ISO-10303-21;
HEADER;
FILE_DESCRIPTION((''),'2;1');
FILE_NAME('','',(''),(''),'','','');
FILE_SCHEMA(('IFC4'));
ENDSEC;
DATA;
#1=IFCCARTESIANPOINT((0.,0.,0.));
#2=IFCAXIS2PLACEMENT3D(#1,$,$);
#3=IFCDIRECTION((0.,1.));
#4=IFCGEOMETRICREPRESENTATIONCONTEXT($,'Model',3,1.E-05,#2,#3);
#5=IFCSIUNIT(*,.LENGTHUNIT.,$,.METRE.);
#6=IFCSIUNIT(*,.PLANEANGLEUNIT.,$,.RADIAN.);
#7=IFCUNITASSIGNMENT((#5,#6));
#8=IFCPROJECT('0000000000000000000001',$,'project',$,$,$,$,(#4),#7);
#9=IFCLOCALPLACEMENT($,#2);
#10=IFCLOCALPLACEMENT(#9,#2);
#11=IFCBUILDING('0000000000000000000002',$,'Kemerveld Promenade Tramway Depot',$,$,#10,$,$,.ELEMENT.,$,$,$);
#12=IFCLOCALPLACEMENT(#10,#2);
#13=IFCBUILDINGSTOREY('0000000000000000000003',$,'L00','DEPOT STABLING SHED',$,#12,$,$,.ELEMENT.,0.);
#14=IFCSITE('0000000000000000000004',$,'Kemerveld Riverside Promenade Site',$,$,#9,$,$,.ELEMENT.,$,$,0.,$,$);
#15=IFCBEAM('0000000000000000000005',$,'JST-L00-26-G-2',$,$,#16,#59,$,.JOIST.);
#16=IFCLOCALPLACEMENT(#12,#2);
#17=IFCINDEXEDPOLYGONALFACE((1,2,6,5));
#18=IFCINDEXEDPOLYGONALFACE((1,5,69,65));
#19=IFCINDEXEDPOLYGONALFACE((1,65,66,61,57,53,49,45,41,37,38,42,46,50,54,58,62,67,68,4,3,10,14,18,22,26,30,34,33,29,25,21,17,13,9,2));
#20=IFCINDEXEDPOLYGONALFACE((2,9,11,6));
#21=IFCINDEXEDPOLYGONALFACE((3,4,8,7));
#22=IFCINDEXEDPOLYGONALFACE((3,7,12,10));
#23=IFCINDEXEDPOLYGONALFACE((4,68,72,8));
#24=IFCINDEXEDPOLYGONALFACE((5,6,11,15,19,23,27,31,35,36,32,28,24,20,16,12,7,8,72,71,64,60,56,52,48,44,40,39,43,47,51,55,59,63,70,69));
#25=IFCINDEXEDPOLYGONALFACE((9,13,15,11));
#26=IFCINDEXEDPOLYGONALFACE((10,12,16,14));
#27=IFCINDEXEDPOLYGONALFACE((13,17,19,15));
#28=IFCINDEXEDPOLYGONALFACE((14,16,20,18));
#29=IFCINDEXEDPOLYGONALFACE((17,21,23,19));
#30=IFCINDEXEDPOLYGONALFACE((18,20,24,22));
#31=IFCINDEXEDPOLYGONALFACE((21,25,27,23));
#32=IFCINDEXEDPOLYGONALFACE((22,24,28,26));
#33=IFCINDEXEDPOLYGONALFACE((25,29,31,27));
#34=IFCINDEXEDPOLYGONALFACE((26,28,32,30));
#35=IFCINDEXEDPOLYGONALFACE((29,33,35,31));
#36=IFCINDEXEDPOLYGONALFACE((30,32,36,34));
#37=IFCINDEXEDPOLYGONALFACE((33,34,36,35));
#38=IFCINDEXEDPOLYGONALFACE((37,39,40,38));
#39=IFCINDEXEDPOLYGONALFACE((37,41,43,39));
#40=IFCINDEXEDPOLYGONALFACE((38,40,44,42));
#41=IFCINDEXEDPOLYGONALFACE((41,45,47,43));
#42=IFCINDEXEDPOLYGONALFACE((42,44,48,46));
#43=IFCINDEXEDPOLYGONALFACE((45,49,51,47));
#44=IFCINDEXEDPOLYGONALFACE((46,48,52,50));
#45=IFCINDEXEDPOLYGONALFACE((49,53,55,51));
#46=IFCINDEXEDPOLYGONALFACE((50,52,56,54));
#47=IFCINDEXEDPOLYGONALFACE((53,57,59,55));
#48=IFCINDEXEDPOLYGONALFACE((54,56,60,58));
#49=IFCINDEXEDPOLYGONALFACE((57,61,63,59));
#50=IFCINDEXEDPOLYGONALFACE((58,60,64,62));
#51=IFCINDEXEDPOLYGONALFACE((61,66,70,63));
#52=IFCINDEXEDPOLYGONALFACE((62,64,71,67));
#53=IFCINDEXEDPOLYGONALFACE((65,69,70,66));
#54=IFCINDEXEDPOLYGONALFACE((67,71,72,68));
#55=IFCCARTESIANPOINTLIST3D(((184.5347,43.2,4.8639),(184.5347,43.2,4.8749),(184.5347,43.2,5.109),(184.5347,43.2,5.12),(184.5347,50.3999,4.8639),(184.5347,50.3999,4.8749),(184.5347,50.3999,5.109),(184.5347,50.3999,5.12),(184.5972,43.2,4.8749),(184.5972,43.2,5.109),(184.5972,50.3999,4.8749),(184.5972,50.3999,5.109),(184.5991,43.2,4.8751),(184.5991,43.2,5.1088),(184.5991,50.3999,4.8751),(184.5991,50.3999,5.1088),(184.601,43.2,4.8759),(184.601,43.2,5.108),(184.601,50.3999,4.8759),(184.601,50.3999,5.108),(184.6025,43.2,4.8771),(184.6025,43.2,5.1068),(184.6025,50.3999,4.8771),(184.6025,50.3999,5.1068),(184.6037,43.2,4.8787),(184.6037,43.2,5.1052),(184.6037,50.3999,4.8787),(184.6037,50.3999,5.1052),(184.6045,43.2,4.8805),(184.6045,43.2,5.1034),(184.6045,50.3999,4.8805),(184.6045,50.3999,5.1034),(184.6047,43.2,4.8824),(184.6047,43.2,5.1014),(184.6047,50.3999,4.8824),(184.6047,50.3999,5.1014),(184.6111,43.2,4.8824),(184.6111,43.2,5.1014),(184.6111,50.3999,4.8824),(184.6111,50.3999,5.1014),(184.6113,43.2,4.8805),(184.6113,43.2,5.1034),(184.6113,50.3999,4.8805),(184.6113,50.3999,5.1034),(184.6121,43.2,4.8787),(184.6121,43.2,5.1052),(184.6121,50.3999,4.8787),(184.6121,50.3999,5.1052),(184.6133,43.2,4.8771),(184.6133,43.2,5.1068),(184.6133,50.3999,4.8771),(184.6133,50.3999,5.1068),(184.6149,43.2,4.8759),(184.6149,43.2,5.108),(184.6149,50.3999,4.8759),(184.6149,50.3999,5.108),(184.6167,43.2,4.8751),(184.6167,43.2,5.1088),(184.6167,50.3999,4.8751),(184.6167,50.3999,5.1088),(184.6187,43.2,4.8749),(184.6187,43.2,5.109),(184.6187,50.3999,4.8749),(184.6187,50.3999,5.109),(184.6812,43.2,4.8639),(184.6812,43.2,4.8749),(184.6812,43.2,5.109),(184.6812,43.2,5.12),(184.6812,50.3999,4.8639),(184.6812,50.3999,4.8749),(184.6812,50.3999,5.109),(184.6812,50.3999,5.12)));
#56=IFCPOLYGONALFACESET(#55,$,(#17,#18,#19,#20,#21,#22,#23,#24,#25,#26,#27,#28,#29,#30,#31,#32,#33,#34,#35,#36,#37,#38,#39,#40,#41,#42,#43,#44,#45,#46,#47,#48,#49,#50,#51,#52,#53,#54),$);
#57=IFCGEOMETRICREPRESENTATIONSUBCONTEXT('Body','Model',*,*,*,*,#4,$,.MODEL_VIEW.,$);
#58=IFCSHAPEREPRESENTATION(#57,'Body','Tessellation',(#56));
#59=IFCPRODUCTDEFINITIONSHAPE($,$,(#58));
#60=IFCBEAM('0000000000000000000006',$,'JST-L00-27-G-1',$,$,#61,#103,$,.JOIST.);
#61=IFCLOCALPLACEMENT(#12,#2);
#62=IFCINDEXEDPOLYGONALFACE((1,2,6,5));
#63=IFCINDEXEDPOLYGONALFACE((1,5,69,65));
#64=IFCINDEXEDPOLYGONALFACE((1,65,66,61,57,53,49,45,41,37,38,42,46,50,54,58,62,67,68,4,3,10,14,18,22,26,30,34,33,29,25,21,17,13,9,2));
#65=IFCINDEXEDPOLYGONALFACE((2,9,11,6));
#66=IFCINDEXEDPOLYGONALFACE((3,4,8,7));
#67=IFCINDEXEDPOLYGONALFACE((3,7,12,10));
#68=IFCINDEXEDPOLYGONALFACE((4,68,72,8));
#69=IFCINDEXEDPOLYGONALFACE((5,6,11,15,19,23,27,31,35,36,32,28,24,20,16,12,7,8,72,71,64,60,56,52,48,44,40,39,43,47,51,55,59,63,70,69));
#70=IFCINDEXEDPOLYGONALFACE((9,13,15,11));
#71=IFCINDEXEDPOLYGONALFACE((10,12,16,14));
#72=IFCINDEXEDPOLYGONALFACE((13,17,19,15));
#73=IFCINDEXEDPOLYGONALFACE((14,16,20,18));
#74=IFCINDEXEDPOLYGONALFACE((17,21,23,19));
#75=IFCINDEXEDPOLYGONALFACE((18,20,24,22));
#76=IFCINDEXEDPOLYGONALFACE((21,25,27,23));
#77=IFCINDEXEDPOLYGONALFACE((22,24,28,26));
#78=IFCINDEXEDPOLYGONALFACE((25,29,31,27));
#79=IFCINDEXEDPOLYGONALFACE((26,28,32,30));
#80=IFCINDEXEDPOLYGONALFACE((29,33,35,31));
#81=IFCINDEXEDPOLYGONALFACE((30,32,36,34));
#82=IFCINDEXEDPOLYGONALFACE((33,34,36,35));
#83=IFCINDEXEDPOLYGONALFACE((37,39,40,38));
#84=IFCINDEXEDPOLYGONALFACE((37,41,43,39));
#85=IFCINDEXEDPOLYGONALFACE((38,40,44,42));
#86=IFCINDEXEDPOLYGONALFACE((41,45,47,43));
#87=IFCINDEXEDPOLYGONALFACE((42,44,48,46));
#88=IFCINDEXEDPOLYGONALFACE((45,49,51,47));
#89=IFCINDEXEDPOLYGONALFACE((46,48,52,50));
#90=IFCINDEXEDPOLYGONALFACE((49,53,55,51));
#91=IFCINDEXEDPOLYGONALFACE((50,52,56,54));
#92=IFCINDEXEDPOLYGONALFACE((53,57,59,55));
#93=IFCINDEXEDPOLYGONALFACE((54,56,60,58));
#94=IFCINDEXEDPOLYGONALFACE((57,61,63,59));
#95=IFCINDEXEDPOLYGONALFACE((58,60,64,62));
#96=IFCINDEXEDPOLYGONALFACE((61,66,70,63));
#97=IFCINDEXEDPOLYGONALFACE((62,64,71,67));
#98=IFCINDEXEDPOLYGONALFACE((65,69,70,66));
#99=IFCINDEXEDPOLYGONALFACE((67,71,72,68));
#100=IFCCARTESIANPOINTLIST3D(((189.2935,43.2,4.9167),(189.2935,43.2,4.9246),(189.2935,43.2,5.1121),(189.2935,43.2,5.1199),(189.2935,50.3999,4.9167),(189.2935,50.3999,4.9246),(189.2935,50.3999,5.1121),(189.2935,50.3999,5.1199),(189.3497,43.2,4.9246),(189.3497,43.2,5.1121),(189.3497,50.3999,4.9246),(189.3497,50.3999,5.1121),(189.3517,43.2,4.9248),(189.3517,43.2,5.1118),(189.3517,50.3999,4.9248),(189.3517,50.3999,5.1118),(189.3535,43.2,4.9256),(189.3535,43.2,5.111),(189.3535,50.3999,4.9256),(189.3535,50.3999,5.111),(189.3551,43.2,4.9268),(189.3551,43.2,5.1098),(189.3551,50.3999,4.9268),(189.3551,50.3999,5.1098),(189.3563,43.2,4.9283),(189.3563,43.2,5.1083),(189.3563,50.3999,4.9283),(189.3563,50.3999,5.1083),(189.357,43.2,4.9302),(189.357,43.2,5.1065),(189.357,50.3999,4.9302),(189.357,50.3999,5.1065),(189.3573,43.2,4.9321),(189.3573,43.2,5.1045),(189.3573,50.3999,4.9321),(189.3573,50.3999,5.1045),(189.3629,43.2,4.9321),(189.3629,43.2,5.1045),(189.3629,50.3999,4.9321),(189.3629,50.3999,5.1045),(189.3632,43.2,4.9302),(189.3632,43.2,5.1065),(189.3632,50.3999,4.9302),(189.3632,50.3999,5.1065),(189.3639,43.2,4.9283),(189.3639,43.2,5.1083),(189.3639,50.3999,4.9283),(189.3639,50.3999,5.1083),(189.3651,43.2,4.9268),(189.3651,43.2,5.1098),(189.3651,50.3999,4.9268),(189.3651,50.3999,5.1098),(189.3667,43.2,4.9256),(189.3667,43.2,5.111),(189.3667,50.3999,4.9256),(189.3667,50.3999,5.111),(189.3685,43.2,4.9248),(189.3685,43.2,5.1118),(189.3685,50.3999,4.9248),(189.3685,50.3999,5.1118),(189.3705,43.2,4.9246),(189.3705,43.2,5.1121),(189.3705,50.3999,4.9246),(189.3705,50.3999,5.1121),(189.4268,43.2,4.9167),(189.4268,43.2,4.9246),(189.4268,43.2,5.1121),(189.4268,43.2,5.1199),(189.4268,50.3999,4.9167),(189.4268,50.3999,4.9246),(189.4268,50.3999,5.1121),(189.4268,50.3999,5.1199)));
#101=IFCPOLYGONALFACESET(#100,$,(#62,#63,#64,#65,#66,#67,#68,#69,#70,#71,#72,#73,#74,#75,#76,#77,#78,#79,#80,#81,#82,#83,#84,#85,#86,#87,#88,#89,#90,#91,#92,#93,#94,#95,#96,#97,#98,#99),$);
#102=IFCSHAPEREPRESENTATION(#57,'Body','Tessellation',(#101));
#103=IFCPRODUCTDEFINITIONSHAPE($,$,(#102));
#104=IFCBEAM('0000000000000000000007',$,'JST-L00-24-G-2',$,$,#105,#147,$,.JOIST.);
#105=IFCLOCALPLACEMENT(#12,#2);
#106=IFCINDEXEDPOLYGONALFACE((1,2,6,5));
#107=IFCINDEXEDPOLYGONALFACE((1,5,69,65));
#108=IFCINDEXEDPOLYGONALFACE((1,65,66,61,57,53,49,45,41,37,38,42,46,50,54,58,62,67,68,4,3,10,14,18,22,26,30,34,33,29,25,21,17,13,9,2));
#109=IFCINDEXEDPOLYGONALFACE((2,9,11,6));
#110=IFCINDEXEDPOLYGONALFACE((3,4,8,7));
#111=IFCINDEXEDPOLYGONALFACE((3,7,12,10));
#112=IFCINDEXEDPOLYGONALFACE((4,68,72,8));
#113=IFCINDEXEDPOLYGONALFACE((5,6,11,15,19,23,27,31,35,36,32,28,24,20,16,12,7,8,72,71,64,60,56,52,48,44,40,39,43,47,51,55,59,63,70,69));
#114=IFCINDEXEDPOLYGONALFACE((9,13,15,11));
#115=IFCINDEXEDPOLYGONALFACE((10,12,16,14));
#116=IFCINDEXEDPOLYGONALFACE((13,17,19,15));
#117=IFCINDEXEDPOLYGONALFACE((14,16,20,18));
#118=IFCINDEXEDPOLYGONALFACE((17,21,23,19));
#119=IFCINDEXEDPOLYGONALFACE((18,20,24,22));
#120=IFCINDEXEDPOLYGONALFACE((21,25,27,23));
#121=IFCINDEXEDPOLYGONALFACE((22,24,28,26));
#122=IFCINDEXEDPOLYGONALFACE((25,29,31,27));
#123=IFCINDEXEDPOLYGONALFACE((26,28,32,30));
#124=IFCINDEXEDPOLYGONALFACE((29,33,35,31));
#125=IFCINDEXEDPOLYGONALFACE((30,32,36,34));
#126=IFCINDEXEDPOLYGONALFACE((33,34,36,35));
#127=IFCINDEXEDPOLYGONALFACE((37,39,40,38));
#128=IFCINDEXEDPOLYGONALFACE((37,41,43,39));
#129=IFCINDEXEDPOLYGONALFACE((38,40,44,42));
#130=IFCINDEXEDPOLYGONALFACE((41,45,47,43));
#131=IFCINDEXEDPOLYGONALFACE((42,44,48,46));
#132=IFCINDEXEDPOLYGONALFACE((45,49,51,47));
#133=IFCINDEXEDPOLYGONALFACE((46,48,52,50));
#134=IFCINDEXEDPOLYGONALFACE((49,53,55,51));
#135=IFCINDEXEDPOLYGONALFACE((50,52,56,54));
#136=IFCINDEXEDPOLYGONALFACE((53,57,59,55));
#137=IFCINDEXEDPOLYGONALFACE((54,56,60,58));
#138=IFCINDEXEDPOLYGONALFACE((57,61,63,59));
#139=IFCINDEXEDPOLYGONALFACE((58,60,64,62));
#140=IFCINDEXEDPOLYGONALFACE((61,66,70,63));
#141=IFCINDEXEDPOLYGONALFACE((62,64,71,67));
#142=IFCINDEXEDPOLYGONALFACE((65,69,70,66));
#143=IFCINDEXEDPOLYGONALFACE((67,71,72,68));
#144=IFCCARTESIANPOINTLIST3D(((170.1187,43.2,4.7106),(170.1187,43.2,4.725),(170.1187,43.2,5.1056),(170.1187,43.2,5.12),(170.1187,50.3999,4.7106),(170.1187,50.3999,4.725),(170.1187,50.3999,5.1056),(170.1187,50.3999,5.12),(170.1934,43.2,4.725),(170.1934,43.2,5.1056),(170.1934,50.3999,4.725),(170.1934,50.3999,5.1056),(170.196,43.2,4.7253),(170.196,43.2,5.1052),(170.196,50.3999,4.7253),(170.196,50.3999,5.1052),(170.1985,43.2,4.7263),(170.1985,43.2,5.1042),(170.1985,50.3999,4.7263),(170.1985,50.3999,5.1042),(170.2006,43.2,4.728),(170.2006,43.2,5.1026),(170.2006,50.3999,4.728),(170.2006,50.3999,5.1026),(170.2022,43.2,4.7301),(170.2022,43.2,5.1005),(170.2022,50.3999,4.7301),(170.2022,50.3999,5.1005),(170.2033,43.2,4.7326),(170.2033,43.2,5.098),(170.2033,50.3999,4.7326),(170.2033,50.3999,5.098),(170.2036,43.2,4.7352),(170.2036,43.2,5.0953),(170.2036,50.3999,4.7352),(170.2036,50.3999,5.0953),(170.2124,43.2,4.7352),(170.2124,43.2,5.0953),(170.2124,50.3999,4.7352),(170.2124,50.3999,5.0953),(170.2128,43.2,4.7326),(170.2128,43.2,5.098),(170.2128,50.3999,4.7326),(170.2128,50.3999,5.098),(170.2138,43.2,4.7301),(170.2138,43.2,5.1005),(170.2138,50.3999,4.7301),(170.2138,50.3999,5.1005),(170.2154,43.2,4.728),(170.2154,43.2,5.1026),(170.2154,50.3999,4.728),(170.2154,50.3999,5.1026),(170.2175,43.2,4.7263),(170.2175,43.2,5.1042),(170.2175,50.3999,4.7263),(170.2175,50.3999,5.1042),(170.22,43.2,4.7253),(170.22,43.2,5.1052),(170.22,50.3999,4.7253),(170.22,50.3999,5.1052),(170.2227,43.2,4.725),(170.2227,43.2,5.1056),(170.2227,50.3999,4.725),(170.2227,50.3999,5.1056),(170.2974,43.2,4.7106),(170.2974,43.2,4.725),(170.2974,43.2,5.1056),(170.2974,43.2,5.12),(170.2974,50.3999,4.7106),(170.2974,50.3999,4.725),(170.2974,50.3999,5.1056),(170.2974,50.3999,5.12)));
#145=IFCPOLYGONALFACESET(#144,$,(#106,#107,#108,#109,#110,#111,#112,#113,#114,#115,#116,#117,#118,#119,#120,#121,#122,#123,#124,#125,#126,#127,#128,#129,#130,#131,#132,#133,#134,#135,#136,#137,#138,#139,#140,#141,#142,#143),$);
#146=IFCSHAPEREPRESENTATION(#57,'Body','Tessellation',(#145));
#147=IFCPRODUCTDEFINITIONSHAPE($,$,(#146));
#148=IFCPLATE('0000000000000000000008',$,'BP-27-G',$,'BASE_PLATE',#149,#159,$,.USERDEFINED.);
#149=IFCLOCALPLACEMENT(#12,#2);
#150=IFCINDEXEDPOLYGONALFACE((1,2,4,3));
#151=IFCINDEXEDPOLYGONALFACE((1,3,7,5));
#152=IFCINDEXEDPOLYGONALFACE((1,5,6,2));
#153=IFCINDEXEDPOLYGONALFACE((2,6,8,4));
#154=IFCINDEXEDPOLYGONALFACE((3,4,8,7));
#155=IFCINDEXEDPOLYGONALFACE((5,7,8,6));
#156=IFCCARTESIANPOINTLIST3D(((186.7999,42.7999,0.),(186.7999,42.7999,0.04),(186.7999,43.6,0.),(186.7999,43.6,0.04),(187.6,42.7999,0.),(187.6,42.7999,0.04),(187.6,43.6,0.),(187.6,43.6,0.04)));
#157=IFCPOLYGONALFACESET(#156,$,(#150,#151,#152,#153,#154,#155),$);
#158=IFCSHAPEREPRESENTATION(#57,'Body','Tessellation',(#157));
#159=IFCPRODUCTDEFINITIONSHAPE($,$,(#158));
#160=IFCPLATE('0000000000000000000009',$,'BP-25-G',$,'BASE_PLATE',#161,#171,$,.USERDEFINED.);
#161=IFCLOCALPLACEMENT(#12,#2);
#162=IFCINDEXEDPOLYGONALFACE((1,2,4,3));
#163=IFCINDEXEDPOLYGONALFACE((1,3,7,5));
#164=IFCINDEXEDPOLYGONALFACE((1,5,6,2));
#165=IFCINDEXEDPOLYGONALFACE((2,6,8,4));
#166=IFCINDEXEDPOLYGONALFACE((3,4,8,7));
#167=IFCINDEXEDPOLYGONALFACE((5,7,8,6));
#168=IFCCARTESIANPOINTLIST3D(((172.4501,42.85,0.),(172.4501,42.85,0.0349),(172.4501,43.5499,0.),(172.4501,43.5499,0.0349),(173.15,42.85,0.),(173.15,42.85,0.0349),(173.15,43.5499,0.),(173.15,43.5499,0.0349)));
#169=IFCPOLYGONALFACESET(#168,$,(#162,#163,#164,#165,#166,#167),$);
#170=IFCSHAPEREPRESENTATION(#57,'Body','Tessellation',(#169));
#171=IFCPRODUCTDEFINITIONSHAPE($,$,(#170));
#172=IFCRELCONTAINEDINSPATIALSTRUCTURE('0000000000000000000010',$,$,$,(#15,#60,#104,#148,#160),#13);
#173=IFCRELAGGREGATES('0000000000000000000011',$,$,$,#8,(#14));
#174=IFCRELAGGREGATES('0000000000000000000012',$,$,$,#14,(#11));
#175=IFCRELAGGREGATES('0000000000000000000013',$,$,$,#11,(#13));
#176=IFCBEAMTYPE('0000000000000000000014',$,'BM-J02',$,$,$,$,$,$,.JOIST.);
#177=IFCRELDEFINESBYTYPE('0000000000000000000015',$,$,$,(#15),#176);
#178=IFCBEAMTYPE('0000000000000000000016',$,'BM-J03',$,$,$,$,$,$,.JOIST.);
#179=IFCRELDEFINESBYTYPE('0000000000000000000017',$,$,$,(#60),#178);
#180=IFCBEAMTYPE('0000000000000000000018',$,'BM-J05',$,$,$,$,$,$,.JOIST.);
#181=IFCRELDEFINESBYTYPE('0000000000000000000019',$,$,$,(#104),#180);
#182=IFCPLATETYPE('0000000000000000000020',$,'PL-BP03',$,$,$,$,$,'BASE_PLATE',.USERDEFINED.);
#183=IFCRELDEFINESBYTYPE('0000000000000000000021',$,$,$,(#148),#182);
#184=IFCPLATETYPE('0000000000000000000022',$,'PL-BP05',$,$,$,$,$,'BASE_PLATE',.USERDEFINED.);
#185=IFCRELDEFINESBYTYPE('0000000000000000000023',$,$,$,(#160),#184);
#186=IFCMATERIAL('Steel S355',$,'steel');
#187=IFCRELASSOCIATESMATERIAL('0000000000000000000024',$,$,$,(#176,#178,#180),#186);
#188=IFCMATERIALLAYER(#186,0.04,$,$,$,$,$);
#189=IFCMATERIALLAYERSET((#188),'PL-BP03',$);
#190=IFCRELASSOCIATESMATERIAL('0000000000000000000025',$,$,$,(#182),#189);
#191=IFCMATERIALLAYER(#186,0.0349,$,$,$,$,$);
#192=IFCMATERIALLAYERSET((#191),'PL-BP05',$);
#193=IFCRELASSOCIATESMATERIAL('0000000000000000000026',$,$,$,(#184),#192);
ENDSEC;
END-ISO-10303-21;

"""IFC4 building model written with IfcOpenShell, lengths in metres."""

from ifc_helpers import new_model, si_unit, direction, frame, origin, origin_2d, place, context, subcontext, project, spatial, rectangle, i_section, extrude, material, layer, layer_set, material_profile, profile_set, type_object, element, save


model = new_model("IFC4")

# Units and contexts
model_context = context("Model", 3, precision=1e-05, world=origin(), true_north=direction((0.0, 1.0)))
body_context = subcontext(model_context, "Body", "Model", "MODEL_VIEW")
ifc_project = project(units=[si_unit("LENGTHUNIT", "METRE"), si_unit("PLANEANGLEUNIT", "RADIAN")], contexts=[model_context])

# Site, building, storey
site_placement = place(None, origin())
site = spatial("IfcSite", under=ifc_project, at=site_placement, Name="Kemerveld Riverside Promenade Site", CompositionType="ELEMENT", RefElevation=0.0)
building_placement = place(site_placement, origin())
building = spatial("IfcBuilding", under=site, at=building_placement, Name="Kemerveld Promenade Tramway Depot", CompositionType="ELEMENT")
storey_placement = place(building_placement, origin())
storey = spatial("IfcBuildingStorey", under=building, at=storey_placement, Name="L00", Description="DEPOT STABLING SHED", CompositionType="ELEMENT", Elevation=0.0)

# Shared definitions
ifc_material_1 = material(Name="Steel S355", Category="steel")

# Beams
ifc_material_profile_1 = material_profile(ifc_material_1, i_section(OverallWidth=0.1465, OverallDepth=0.2561, WebThickness=0.0063, FlangeThickness=0.011, FilletRadius=0.0076, at=origin_2d()), Name="254x146x37 UB")
ifc_profile_set_1 = profile_set([ifc_material_profile_1], Name="Steel S355")
beam_type_1 = type_object("IfcBeamType", Name="BM-J02", PredefinedType="JOIST", material=ifc_profile_set_1)
for number, where, z_axis, x_axis, name in (
    (1, (184.6079, 43.2, 4.9919), (0.0, 1.0, 0.0), (-1.0, 0.0, 0.0), "JST-L00-26-G-2"),
):
    element("IfcBeam", number, at=place(storey_placement, frame(where, z_axis=z_axis, x_axis=x_axis)), inside=storey, type_object=beam_type_1, Name=name, PredefinedType="JOIST", context=body_context, shape_type="SweptSolid", body=[
        extrude(i_section(OverallWidth=0.1465, OverallDepth=0.2561, WebThickness=0.0063, FlangeThickness=0.011, FilletRadius=0.0076, at=origin_2d()), origin(), (0.0, 0.0, 1.0), 7.2),
    ])
ifc_material_profile_2 = material_profile(ifc_material_1, i_section(OverallWidth=0.1333, OverallDepth=0.2031, WebThickness=0.0056, FlangeThickness=0.0078, FilletRadius=0.0076, at=origin_2d()), Name="203x133x25 UB")
ifc_profile_set_2 = profile_set([ifc_material_profile_2], Name="Steel S355")
beam_type_2 = type_object("IfcBeamType", Name="BM-J03", PredefinedType="JOIST", material=ifc_profile_set_2)
beam_1_placement = place(storey_placement, frame((189.3601, 43.2, 5.0183), z_axis=(0.0, 1.0, 0.0), x_axis=(-1.0, 0.0, 0.0)))
element("IfcBeam", 2, at=beam_1_placement, inside=storey, type_object=beam_type_2, Name="JST-L00-27-G-1", PredefinedType="JOIST", context=body_context, shape_type="SweptSolid", body=[
    extrude(i_section(OverallWidth=0.1333, OverallDepth=0.2031, WebThickness=0.0056, FlangeThickness=0.0078, FilletRadius=0.0076, at=origin_2d()), origin(), (0.0, 0.0, 1.0), 7.2),
])
ifc_material_profile_3 = material_profile(ifc_material_1, i_section(OverallWidth=0.1787, OverallDepth=0.4094, WebThickness=0.0088, FlangeThickness=0.0144, FilletRadius=0.0103, at=origin_2d()), Name="406x178x67 UB")
ifc_profile_set_3 = profile_set([ifc_material_profile_3], Name="Steel S355")
beam_type_3 = type_object("IfcBeamType", Name="BM-J05", PredefinedType="JOIST", material=ifc_profile_set_3)
beam_2_placement = place(storey_placement, frame((170.208, 43.2, 4.9153), z_axis=(0.0, 1.0, 0.0), x_axis=(-1.0, 0.0, 0.0)))
element("IfcBeam", 3, at=beam_2_placement, inside=storey, type_object=beam_type_3, Name="JST-L00-24-G-2", PredefinedType="JOIST", context=body_context, shape_type="SweptSolid", body=[
    extrude(i_section(OverallWidth=0.1787, OverallDepth=0.4094, WebThickness=0.0088, FlangeThickness=0.0144, FilletRadius=0.0103, at=origin_2d()), origin(), (0.0, 0.0, 1.0), 7.2),
])

# Plates
ifc_layer_1 = layer(ifc_material_1, 0.04)
ifc_layer_set_1 = layer_set([ifc_layer_1], Name="PL-BP03")
plate_type_1 = type_object("IfcPlateType", Name="PL-BP03", ElementType="BASE_PLATE", PredefinedType="USERDEFINED", material=ifc_layer_set_1)
plate_1_placement = place(storey_placement, frame((187.2, 43.2, 0.0), z_axis=(0.0, 0.0, 1.0), x_axis=(1.0, 0.0, 0.0)))
element("IfcPlate", 4, at=plate_1_placement, inside=storey, type_object=plate_type_1, Name="BP-27-G", ObjectType="BASE_PLATE", PredefinedType="USERDEFINED", context=body_context, shape_type="SweptSolid", body=[
    extrude(rectangle(XDim=0.8, YDim=0.8, at=origin_2d()), origin(), (0.0, 0.0, 1.0), 0.04),
])
ifc_layer_2 = layer(ifc_material_1, 0.0349)
ifc_layer_set_2 = layer_set([ifc_layer_2], Name="PL-BP05")
plate_type_2 = type_object("IfcPlateType", Name="PL-BP05", ElementType="BASE_PLATE", PredefinedType="USERDEFINED", material=ifc_layer_set_2)
plate_2_placement = place(storey_placement, frame((172.8, 43.2, 0.0), z_axis=(0.0, 0.0, 1.0), x_axis=(1.0, 0.0, 0.0)))
element("IfcPlate", 5, at=plate_2_placement, inside=storey, type_object=plate_type_2, Name="BP-25-G", ObjectType="BASE_PLATE", PredefinedType="USERDEFINED", context=body_context, shape_type="SweptSolid", body=[
    extrude(rectangle(XDim=0.7, YDim=0.7, at=origin_2d()), origin(), (0.0, 0.0, 1.0), 0.0349),
])

save(model, "model.ifc")
